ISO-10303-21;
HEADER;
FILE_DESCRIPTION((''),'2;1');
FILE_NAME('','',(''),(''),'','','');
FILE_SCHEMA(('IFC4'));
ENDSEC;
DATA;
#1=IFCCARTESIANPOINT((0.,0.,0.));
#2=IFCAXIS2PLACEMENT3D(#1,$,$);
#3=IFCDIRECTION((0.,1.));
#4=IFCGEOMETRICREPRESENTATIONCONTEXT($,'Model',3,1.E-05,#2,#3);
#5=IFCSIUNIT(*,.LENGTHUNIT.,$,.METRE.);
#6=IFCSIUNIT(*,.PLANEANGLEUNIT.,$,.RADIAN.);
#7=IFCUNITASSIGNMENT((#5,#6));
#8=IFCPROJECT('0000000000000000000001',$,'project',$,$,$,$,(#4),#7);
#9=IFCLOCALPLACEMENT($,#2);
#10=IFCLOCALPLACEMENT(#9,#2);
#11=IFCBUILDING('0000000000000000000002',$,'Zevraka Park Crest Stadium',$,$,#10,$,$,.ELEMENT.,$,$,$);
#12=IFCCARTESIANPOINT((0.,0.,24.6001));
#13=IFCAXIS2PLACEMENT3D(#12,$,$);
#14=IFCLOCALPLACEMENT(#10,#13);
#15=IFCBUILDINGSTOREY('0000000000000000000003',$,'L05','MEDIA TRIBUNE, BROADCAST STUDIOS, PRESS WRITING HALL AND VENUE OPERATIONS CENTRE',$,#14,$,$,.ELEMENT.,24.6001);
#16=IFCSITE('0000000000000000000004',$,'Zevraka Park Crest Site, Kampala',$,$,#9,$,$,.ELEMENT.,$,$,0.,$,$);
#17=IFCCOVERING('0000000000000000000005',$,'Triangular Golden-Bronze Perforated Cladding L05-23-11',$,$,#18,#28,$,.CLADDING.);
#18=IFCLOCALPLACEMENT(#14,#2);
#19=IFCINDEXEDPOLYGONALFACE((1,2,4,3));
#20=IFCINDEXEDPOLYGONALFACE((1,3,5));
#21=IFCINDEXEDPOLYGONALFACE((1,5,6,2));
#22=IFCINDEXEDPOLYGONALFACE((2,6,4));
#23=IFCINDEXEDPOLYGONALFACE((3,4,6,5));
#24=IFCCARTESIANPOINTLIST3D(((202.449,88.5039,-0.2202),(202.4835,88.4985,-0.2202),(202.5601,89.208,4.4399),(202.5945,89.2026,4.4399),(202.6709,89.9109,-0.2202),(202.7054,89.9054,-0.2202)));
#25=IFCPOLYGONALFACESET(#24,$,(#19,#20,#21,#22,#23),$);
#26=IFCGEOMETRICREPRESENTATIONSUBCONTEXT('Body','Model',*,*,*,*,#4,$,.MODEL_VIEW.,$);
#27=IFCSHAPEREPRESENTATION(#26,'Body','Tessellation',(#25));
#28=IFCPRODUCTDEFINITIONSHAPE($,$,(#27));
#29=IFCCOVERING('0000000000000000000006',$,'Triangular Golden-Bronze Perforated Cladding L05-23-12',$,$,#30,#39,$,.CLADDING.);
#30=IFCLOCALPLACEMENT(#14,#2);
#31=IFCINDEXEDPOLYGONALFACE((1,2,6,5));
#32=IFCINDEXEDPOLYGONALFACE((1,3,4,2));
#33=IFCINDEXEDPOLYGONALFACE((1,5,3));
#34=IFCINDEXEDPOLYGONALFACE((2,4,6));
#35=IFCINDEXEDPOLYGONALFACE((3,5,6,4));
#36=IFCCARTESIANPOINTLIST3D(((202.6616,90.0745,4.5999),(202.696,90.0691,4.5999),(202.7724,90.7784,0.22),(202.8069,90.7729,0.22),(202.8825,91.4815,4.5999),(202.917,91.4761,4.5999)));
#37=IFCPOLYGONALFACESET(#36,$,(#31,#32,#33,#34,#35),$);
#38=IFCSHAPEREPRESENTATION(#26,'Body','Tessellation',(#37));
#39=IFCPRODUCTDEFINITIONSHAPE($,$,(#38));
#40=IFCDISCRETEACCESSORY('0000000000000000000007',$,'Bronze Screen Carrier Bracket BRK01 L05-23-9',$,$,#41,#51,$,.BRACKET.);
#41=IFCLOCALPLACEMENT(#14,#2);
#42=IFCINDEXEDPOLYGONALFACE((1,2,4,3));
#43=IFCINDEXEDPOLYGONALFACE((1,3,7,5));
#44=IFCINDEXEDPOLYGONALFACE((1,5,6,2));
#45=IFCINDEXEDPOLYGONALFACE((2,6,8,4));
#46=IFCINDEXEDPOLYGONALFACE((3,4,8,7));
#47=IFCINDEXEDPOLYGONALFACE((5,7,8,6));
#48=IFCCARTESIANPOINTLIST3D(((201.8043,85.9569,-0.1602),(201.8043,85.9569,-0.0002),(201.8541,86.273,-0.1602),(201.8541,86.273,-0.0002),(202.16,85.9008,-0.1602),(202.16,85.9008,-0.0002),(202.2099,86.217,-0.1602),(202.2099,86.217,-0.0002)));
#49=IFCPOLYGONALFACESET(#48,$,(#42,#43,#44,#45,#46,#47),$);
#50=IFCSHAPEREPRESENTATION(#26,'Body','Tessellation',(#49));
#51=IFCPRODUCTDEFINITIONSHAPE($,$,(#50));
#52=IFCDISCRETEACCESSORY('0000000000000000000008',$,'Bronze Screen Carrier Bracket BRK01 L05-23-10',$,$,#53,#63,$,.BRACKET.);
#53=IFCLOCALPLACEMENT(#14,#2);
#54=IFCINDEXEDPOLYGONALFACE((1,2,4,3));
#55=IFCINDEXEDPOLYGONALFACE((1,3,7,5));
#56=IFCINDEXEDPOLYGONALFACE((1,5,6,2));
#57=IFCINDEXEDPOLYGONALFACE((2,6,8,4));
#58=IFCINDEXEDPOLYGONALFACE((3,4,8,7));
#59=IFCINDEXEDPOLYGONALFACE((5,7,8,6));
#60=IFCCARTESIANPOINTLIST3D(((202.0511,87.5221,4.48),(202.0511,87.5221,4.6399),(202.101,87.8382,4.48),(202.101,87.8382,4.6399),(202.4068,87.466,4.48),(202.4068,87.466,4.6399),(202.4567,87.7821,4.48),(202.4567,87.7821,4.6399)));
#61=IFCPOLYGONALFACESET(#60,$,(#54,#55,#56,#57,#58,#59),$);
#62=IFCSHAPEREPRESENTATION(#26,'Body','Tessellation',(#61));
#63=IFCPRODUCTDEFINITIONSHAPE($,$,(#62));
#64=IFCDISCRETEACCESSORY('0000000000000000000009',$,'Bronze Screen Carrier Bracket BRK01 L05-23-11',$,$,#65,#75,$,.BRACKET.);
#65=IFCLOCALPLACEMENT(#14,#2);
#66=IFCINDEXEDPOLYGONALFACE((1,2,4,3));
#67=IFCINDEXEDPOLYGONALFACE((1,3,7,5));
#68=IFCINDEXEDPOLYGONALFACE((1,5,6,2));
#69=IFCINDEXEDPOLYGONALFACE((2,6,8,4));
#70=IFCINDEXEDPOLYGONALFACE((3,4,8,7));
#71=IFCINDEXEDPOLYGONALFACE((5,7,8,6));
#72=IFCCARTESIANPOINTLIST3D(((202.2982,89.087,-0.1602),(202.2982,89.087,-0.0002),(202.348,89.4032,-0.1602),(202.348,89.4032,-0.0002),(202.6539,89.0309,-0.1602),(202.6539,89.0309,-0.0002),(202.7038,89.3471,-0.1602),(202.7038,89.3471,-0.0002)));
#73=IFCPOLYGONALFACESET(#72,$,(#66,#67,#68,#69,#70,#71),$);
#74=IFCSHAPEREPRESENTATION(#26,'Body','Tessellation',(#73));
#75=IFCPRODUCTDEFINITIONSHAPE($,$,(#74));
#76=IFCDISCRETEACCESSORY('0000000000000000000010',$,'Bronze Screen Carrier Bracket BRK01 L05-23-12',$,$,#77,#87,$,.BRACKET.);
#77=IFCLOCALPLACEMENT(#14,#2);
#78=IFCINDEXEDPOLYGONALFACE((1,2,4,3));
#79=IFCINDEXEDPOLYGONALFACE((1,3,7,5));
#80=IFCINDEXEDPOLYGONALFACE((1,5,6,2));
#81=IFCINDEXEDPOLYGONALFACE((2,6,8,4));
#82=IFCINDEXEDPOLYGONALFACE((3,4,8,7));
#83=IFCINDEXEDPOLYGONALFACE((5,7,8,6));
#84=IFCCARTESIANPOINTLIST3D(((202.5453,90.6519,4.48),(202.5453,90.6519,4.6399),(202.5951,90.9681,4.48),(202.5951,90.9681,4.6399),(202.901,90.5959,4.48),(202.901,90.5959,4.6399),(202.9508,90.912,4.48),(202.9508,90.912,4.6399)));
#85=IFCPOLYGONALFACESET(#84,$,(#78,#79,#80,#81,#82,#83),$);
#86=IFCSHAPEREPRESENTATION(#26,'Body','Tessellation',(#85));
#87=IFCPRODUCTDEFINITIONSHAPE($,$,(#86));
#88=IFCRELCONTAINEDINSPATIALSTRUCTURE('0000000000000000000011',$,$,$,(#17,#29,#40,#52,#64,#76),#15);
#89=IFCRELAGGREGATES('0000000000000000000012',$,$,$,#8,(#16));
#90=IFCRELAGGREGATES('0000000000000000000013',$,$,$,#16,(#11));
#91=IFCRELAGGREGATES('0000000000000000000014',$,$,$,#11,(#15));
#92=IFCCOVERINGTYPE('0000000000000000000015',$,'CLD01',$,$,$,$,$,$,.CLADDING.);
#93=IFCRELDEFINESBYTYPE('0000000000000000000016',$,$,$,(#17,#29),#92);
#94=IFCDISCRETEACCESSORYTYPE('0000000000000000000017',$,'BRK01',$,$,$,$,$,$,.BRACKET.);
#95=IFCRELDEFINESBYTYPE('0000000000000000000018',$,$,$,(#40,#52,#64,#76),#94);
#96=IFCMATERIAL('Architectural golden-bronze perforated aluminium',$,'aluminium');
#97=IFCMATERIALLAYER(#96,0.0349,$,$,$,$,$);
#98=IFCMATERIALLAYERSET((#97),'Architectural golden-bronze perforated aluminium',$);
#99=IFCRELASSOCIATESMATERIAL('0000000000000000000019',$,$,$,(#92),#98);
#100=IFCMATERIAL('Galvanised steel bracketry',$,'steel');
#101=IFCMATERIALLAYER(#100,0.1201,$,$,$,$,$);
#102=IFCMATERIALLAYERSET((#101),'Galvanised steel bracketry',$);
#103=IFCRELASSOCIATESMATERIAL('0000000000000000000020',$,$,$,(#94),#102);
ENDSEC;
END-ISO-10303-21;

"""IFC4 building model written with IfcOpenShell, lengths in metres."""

from ifc_helpers import new_model, si_unit, direction, frame, origin, origin_2d, place, context, subcontext, project, spatial, polyline, rectangle, outline, extrude, material, layer, layer_set, type_object, element, save


model = new_model("IFC4")

# Units and contexts
model_context = context("Model", 3, precision=1e-05, world=origin(), true_north=direction((0.0, 1.0)))
body_context = subcontext(model_context, "Body", "Model", "MODEL_VIEW")
ifc_project = project(units=[si_unit("LENGTHUNIT", "METRE"), si_unit("PLANEANGLEUNIT", "RADIAN")], contexts=[model_context])

# Site, building, storey
site_placement = place(None, origin())
site = spatial("IfcSite", under=ifc_project, at=site_placement, Name="Zevraka Park Crest Site, Kampala", CompositionType="ELEMENT", RefElevation=0.0)
building_placement = place(site_placement, origin())
building = spatial("IfcBuilding", under=site, at=building_placement, Name="Zevraka Park Crest Stadium", CompositionType="ELEMENT")
storey_placement = place(building_placement, frame((0.0, 0.0, 24.6001)))
storey = spatial("IfcBuildingStorey", under=building, at=storey_placement, Name="L05", Description="MEDIA TRIBUNE, BROADCAST STUDIOS, PRESS WRITING HALL AND VENUE OPERATIONS CENTRE", CompositionType="ELEMENT", Elevation=24.6001)

# Coverings
ifc_material_1 = material(Name="Architectural golden-bronze perforated aluminium", Category="aluminium")
ifc_layer_1 = layer(ifc_material_1, 0.0349)
ifc_layer_set_1 = layer_set([ifc_layer_1], Name="Architectural golden-bronze perforated aluminium")
covering_type = type_object("IfcCoveringType", Name="CLD01", PredefinedType="CLADDING", material=ifc_layer_set_1)
covering_1_placement = place(storey_placement, frame((202.449, 88.5039, -0.2202), z_axis=(-0.987788, 0.155804, 0.000005), x_axis=(0.155804, 0.987788, 0.0)))
element("IfcCovering", 1, at=covering_1_placement, inside=storey, type_object=covering_type, Name="Triangular Golden-Bronze Perforated Cladding L05-23-11", PredefinedType="CLADDING", context=body_context, shape_type="SweptSolid", body=[
    extrude(outline(polyline([(0.0, 0.0), (1.4244, 0.0), (0.7128, -4.6602), (0.0, 0.0)])), origin(), (0.0, 0.0, -1.0), 0.0349),
])
covering_2_placement = place(storey_placement, frame((202.917, 91.4761, 4.5999), z_axis=(0.987893, -0.155135, 0.00007), x_axis=(-0.155135, -0.987893, 0.0)))
element("IfcCovering", 2, at=covering_2_placement, inside=storey, type_object=covering_type, Name="Triangular Golden-Bronze Perforated Cladding L05-23-12", PredefinedType="CLADDING", context=body_context, shape_type="SweptSolid", body=[
    extrude(outline(polyline([(0.0, 0.0), (1.4242, 0.0), (0.7117, 4.3799), (0.0, 0.0)])), origin(), (0.0, 0.0, -1.0), 0.0349),
])

# Discrete accessories
ifc_material_2 = material(Name="Galvanised steel bracketry", Category="steel")
ifc_layer_2 = layer(ifc_material_2, 0.1201)
ifc_layer_set_2 = layer_set([ifc_layer_2], Name="Galvanised steel bracketry")
discrete_accessory_type = type_object("IfcDiscreteAccessoryType", Name="BRK01", PredefinedType="BRACKET", material=ifc_layer_set_2)
for number, where, z_axis, x_axis, name in (
    (3, (202.0071, 86.0869, -0.1602), (0.0, 0.0, 1.0), (0.155745, 0.987797, 0.0), "Bronze Screen Carrier Bracket BRK01 L05-23-9"),
    (4, (202.2539, 87.6521, 4.48), (0.0, 0.0, 1.0), (0.155745, 0.987797, 0.0), "Bronze Screen Carrier Bracket BRK01 L05-23-10"),
    (5, (202.501, 89.217, -0.1602), (0.0, 0.0, 1.0), (0.155745, 0.987797, 0.0), "Bronze Screen Carrier Bracket BRK01 L05-23-11"),
    (6, (202.748, 90.782, 4.48), (0.0, 0.0, 1.0), (0.155745, 0.987797, 0.0), "Bronze Screen Carrier Bracket BRK01 L05-23-12"),
):
    element("IfcDiscreteAccessory", number, at=place(storey_placement, frame(where, z_axis=z_axis, x_axis=x_axis)), inside=storey, type_object=discrete_accessory_type, Name=name, PredefinedType="BRACKET", context=body_context, shape_type="SweptSolid", body=[
        extrude(rectangle(XDim=0.3201, YDim=0.3601, at=origin_2d()), origin(), (0.0, 0.0, 1.0), 0.1599),
    ])

save(model, "model.ifc")
